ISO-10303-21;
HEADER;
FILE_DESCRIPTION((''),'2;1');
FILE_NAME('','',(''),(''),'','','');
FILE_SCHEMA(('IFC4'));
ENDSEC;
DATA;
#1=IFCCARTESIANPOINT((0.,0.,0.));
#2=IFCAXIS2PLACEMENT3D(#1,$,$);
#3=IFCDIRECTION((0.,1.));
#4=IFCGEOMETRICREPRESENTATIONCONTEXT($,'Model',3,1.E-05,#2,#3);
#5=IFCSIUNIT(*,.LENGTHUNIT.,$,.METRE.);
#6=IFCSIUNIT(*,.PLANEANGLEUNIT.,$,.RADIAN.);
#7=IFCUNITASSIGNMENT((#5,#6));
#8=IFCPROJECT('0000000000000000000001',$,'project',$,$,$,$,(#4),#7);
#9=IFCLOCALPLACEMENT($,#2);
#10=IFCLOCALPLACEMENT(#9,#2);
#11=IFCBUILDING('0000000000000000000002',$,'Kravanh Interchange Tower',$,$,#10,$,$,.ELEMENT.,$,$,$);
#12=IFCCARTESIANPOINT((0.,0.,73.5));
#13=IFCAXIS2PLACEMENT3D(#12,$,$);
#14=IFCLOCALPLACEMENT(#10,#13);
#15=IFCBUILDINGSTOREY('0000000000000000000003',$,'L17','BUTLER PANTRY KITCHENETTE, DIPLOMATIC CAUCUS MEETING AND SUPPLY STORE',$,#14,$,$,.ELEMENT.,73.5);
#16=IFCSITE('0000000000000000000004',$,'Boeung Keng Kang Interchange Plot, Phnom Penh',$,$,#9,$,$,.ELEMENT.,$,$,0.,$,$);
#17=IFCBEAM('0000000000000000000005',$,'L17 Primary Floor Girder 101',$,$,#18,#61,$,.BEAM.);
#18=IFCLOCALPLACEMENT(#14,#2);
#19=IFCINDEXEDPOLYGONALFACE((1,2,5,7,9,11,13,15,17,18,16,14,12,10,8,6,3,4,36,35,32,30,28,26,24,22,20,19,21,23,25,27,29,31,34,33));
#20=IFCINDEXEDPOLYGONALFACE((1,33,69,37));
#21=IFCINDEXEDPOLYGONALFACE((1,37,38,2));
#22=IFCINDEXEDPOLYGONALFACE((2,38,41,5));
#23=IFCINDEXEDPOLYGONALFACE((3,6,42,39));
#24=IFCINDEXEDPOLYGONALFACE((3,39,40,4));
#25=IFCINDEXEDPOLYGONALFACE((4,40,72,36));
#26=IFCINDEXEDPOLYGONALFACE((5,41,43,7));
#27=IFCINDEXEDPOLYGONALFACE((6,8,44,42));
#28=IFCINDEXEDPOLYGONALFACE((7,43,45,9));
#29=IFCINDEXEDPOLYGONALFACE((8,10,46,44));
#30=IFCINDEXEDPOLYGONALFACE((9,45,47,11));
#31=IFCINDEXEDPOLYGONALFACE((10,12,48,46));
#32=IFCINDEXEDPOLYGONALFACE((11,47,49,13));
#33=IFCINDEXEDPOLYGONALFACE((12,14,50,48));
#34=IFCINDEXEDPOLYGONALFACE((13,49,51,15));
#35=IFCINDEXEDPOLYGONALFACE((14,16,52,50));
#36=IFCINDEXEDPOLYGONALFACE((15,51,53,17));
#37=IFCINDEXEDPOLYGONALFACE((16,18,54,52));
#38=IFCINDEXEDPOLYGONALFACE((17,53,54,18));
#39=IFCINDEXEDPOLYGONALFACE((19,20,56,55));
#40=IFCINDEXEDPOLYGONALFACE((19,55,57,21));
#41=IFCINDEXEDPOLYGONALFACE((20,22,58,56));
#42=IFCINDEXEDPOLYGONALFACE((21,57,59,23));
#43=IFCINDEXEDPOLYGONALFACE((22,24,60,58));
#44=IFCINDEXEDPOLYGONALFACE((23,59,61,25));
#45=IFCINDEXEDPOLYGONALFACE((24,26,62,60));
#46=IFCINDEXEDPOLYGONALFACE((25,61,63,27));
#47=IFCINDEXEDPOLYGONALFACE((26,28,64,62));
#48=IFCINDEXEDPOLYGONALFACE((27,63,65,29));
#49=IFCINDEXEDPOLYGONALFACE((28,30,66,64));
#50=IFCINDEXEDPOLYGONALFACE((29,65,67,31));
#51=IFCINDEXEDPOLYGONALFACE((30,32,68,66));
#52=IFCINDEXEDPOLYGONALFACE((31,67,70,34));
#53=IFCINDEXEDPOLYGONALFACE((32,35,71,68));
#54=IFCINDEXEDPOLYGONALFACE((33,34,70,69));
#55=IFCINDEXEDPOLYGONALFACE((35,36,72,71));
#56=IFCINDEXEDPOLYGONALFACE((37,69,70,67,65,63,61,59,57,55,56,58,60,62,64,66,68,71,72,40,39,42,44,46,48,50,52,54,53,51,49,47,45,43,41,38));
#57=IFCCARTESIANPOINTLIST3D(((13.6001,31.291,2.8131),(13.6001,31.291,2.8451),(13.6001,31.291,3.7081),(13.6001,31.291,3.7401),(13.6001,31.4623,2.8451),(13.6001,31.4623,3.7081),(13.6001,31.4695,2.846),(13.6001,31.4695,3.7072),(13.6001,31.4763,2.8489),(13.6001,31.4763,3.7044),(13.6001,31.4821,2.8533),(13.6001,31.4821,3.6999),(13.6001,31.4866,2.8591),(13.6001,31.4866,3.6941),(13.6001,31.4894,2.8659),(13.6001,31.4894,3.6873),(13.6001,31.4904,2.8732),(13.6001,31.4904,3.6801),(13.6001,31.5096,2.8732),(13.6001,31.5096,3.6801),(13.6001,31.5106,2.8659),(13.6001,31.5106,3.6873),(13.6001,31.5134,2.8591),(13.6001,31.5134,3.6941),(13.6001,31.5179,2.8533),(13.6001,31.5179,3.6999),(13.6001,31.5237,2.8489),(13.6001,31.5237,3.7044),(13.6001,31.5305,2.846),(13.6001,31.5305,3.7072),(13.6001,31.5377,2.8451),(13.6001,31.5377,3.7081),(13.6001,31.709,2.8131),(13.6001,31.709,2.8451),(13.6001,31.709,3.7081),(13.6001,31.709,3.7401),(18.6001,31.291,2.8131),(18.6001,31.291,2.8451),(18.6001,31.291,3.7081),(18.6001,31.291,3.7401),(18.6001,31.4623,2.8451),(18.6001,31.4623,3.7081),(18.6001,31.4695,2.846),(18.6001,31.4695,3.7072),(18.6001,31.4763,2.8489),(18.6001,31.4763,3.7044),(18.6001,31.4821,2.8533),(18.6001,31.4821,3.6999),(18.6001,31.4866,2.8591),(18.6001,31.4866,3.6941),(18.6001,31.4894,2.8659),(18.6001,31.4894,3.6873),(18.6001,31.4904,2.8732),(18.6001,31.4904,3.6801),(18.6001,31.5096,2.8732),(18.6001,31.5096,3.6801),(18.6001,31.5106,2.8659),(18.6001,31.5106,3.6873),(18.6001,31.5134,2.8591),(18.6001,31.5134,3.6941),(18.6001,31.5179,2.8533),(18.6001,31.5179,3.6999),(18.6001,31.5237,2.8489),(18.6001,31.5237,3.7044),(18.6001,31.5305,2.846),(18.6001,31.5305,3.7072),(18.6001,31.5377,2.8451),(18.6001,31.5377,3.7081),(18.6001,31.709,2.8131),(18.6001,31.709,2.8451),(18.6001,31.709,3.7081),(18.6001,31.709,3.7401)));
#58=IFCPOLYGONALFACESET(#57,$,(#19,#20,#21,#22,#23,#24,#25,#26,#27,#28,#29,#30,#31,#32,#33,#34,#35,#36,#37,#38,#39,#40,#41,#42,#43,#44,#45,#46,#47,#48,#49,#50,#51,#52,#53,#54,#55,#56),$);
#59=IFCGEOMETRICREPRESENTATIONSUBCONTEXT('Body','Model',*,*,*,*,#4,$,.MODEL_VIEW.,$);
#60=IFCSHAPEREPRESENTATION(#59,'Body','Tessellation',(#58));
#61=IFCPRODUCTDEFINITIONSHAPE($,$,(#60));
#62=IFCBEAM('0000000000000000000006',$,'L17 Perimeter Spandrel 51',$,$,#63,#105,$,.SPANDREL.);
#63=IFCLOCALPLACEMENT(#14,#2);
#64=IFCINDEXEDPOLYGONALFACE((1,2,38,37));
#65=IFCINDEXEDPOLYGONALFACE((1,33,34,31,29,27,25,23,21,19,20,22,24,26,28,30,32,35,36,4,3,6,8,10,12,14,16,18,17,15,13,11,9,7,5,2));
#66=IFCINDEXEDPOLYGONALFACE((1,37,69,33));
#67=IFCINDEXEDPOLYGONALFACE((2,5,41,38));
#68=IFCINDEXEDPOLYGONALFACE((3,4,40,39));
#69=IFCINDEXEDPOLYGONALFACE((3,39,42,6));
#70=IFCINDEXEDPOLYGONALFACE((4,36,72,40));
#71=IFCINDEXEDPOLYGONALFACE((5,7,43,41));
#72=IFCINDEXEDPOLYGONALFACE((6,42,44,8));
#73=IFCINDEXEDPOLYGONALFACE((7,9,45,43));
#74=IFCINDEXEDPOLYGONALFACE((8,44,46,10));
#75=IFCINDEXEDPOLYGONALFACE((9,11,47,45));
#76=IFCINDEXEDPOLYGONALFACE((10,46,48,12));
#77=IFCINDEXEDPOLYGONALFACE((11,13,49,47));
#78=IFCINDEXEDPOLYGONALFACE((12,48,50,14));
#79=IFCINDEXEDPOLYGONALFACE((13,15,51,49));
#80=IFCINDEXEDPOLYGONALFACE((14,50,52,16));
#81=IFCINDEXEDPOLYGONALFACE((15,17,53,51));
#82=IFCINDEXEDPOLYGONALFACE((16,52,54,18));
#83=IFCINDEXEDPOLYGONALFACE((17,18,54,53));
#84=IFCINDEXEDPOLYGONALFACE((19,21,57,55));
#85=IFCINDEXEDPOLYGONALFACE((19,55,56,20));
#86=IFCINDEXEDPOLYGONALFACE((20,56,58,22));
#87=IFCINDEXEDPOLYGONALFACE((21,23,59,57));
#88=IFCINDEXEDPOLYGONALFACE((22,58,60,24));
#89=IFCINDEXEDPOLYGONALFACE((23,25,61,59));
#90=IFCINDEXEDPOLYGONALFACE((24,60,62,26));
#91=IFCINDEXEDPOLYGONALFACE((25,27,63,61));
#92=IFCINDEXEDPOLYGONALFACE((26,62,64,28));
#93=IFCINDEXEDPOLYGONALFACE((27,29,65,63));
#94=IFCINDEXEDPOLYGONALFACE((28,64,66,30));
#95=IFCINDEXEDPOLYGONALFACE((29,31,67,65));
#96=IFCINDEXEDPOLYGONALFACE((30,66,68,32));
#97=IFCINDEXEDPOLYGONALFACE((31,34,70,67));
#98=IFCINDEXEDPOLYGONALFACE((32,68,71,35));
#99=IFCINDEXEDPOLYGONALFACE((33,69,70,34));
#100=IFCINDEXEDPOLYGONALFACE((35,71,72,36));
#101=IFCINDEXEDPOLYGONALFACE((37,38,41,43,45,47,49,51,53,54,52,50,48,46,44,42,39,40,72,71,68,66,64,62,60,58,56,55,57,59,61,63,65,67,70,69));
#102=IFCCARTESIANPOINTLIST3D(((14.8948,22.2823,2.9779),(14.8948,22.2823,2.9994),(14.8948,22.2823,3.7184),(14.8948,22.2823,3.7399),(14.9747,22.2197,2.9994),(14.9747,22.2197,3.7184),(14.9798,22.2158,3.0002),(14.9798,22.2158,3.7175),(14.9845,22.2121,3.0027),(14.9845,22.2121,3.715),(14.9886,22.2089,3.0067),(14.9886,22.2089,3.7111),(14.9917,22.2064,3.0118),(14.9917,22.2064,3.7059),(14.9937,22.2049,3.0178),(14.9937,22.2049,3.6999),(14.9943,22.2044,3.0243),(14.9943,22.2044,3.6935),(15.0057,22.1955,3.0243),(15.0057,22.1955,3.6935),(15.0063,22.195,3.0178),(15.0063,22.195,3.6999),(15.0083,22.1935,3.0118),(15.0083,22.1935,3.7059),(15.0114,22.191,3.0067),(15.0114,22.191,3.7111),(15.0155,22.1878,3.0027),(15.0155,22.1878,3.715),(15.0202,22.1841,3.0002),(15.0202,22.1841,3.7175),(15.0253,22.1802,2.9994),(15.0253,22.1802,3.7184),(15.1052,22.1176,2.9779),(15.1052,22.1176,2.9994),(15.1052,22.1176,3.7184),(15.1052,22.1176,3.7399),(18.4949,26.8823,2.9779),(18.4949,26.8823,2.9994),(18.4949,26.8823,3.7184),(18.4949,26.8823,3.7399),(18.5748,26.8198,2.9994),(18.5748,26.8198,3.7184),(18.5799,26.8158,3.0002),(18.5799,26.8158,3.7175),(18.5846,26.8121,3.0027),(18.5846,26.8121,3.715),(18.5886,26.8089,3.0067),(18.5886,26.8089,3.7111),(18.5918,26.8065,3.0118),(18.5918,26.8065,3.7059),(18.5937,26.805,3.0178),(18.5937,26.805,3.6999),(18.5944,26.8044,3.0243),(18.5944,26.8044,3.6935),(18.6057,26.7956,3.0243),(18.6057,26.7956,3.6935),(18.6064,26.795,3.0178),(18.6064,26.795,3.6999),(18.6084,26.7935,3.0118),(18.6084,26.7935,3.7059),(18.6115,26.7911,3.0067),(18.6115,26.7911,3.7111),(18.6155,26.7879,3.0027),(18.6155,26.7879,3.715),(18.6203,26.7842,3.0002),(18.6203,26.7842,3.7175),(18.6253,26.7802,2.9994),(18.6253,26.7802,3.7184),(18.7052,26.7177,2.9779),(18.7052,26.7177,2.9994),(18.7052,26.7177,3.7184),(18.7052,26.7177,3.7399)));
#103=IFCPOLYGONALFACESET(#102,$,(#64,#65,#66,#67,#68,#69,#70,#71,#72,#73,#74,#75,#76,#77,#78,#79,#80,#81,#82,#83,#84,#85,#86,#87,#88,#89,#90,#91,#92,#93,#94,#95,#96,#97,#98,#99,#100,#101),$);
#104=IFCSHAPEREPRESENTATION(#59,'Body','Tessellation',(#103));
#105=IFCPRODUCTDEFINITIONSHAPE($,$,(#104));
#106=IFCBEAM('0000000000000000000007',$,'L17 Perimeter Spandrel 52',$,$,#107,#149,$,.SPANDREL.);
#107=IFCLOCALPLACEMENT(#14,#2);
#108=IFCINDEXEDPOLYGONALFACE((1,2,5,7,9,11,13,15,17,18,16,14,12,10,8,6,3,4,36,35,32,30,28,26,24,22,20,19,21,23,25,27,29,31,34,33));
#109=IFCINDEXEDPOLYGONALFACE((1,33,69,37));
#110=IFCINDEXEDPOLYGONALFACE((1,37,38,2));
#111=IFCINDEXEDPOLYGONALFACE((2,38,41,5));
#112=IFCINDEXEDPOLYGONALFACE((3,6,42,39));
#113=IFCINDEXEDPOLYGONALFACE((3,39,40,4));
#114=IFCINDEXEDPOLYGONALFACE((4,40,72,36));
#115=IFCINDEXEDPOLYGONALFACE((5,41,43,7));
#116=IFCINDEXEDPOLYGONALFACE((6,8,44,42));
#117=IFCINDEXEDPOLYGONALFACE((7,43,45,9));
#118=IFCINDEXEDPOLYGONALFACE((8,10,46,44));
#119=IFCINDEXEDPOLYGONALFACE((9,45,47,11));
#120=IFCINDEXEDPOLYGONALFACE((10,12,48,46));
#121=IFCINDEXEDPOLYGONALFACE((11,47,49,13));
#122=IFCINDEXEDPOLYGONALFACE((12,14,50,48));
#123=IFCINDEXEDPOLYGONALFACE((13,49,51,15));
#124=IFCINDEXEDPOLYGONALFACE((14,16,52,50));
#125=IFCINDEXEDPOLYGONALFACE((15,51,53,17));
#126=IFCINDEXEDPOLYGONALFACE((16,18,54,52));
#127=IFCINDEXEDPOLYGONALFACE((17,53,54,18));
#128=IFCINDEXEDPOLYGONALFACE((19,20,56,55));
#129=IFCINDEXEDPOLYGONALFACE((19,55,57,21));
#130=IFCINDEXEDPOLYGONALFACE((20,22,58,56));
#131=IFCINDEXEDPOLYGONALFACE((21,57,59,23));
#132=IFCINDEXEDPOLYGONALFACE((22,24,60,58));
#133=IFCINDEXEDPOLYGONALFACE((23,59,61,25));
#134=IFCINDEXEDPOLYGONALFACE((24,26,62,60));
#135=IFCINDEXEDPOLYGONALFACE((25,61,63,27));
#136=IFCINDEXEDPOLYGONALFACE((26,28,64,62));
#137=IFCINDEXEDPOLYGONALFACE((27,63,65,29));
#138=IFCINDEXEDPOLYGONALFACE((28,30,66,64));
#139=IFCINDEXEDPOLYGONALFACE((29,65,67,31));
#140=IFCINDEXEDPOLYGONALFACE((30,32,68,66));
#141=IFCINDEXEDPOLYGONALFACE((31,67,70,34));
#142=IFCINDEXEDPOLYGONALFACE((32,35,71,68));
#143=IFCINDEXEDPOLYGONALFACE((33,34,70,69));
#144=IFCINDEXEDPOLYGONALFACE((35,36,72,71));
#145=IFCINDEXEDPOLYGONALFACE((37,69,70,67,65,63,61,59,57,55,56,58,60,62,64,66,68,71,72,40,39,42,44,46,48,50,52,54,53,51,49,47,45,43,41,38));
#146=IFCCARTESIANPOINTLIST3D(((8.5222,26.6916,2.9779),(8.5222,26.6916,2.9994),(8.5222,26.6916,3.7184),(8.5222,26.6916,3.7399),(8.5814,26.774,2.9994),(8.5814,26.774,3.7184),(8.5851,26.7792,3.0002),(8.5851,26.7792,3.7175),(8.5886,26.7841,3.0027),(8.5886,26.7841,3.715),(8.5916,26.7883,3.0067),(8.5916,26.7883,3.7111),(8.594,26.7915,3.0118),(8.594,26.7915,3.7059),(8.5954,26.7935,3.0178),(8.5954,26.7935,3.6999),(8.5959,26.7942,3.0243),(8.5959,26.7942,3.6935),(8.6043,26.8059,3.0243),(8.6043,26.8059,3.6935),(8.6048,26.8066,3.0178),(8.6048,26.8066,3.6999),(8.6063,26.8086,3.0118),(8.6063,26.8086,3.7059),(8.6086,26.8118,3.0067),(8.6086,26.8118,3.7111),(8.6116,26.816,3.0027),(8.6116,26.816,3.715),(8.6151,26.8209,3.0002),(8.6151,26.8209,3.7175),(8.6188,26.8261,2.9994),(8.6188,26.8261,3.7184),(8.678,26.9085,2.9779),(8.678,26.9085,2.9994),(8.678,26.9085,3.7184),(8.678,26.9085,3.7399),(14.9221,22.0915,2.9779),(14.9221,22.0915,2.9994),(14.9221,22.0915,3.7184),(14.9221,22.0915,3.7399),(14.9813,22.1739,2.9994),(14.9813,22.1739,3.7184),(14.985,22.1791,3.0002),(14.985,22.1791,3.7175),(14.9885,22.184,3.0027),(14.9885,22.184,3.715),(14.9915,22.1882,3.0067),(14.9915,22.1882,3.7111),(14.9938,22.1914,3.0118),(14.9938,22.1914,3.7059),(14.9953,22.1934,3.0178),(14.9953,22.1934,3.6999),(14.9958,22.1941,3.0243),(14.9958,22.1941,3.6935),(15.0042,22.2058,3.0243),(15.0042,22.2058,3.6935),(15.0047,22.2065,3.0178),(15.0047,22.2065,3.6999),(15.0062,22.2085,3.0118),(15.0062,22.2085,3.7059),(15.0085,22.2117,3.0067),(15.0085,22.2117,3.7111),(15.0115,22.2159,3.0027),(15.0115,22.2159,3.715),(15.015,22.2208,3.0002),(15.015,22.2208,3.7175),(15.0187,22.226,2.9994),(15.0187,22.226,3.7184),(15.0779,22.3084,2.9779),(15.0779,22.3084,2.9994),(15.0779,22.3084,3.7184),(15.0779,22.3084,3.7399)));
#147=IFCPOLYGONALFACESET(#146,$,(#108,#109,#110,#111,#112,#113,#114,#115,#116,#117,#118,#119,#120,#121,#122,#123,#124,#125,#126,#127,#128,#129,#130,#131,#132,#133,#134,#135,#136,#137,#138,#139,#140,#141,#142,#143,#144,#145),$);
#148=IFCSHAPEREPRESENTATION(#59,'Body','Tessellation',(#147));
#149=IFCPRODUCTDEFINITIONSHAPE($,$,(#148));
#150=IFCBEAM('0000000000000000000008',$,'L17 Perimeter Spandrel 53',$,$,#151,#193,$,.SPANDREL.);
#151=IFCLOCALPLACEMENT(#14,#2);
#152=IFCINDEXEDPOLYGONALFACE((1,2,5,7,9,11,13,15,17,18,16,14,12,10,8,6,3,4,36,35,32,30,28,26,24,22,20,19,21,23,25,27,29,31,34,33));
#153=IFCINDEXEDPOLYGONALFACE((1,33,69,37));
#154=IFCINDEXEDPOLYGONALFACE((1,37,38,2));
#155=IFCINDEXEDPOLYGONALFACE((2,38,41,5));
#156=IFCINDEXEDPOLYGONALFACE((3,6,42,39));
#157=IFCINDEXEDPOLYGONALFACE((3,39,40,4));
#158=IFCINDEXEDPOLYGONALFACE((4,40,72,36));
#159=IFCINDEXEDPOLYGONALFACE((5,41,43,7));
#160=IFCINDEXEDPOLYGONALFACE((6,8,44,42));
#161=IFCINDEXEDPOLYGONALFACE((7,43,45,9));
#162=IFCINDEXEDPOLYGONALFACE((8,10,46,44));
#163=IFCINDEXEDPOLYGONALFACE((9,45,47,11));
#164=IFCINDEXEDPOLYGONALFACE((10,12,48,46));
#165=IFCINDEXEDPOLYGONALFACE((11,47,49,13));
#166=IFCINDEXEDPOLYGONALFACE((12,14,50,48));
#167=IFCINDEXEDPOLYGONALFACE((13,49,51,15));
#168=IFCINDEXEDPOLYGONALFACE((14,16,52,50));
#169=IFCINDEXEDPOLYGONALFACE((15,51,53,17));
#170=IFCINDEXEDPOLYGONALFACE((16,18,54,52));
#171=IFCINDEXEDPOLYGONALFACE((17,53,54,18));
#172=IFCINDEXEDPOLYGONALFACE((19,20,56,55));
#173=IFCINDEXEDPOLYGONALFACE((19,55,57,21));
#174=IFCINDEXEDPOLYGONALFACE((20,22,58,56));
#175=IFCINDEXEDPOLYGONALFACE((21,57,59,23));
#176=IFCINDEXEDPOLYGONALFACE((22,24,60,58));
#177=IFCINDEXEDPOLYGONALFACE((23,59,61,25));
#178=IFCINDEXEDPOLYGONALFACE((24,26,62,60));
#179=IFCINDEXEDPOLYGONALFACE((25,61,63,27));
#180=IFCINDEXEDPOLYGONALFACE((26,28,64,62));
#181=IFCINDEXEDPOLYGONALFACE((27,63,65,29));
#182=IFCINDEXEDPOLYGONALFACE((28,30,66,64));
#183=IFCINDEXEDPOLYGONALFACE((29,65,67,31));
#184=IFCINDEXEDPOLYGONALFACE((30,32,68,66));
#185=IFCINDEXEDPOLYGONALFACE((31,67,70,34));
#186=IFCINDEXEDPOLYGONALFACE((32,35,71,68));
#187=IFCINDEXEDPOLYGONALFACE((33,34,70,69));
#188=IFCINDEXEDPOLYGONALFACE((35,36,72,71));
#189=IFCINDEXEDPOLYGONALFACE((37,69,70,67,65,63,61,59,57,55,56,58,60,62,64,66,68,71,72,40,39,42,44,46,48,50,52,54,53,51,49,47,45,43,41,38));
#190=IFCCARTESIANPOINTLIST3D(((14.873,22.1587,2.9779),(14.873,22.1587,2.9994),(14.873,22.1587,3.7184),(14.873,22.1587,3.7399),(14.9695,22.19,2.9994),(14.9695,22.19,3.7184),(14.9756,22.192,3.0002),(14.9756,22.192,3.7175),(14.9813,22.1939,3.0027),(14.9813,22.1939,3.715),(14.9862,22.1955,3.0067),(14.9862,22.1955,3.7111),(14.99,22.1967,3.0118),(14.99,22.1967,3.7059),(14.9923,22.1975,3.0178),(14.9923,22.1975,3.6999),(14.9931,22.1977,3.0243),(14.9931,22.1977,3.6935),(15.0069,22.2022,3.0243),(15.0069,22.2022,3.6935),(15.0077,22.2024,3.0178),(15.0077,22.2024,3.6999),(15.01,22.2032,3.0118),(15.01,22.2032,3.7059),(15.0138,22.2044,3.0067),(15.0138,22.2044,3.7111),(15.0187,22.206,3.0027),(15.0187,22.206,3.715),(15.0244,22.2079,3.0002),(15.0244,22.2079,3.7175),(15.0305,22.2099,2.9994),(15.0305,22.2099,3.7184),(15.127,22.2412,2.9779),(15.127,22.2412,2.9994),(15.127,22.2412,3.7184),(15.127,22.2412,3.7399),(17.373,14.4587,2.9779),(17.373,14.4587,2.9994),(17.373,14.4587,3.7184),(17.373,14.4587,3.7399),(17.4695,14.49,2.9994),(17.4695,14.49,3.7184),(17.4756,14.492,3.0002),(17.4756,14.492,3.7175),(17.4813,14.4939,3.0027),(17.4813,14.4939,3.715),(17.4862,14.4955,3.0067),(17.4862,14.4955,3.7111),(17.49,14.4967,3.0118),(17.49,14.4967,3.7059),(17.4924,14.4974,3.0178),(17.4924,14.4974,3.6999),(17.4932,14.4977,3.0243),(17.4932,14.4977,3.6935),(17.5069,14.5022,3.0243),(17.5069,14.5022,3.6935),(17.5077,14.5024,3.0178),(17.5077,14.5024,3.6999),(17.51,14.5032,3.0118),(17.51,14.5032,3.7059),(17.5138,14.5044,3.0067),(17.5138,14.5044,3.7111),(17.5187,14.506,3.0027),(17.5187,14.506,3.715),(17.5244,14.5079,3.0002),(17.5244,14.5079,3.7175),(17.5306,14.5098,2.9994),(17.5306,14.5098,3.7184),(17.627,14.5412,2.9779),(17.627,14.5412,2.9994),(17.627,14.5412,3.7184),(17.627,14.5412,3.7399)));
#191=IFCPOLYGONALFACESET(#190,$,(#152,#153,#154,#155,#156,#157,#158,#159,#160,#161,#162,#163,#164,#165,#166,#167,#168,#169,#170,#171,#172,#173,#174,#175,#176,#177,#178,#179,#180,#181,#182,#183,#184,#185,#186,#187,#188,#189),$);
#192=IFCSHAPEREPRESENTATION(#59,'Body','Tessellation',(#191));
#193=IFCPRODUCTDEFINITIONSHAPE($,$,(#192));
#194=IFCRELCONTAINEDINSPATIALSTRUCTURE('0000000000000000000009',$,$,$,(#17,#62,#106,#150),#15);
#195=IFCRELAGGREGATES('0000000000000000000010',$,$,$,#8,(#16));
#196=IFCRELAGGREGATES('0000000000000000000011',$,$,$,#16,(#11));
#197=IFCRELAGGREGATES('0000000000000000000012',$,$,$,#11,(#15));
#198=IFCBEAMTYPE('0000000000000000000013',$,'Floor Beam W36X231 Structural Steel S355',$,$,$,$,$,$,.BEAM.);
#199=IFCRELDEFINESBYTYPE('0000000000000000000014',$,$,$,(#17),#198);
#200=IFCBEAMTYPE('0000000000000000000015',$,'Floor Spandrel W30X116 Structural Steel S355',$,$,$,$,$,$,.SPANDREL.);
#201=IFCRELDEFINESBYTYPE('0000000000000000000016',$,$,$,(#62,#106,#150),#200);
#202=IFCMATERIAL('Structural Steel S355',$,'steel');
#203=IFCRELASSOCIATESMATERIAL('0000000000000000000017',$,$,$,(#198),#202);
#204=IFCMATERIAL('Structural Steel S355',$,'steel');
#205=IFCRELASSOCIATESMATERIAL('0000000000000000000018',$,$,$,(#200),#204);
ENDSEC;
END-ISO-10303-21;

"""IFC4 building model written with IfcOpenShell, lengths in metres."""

from ifc_helpers import new_model, si_unit, direction, frame, origin, origin_2d, place, context, subcontext, project, spatial, i_section, extrude, material, material_profile, profile_set, type_object, element, save


model = new_model("IFC4")

# Units and contexts
model_context = context("Model", 3, precision=1e-05, world=origin(), true_north=direction((0.0, 1.0)))
body_context = subcontext(model_context, "Body", "Model", "MODEL_VIEW")
ifc_project = project(units=[si_unit("LENGTHUNIT", "METRE"), si_unit("PLANEANGLEUNIT", "RADIAN")], contexts=[model_context])

# Site, building, storey
site_placement = place(None, origin())
site = spatial("IfcSite", under=ifc_project, at=site_placement, Name="Boeung Keng Kang Interchange Plot, Phnom Penh", CompositionType="ELEMENT", RefElevation=0.0)
building_placement = place(site_placement, origin())
building = spatial("IfcBuilding", under=site, at=building_placement, Name="Kravanh Interchange Tower", CompositionType="ELEMENT")
storey_placement = place(building_placement, frame((0.0, 0.0, 73.5)))
storey = spatial("IfcBuildingStorey", under=building, at=storey_placement, Name="L17", Description="BUTLER PANTRY KITCHENETTE, DIPLOMATIC CAUCUS MEETING AND SUPPLY STORE", CompositionType="ELEMENT", Elevation=73.5)

# Beams
ifc_material_1 = material(Name="Structural Steel S355", Category="steel")
ifc_material_profile_1 = material_profile(ifc_material_1, i_section(OverallWidth=0.418, OverallDepth=0.927, WebThickness=0.0193, FlangeThickness=0.032, FilletRadius=0.0281, at=origin_2d()), Name="W36X231")
ifc_profile_set_1 = profile_set([ifc_material_profile_1], Name="Structural Steel S355")
beam_type_1 = type_object("IfcBeamType", Name="Floor Beam W36X231 Structural Steel S355", PredefinedType="BEAM", material=ifc_profile_set_1)
for number, where, z_axis, x_axis, name in (
    (1, (13.6001, 31.5, 3.2766), (1.0, 0.0, 0.0), (0.0, 1.0, 0.0), "L17 Primary Floor Girder 101"),
):
    element("IfcBeam", number, at=place(storey_placement, frame(where, z_axis=z_axis, x_axis=x_axis)), inside=storey, type_object=beam_type_1, Name=name, PredefinedType="BEAM", context=body_context, shape_type="SweptSolid", body=[
        extrude(i_section(OverallWidth=0.418, OverallDepth=0.927, WebThickness=0.0193, FlangeThickness=0.032, FilletRadius=0.0281, at=origin_2d()), origin(), (0.0, 0.0, 1.0), 5.0),
    ])
ifc_material_2 = material(Name="Structural Steel S355", Category="steel")
ifc_material_profile_2 = material_profile(ifc_material_2, i_section(OverallWidth=0.2671, OverallDepth=0.762, WebThickness=0.0144, FlangeThickness=0.0215, FilletRadius=0.0249, at=origin_2d()), Name="W30X116")
ifc_profile_set_2 = profile_set([ifc_material_profile_2], Name="Structural Steel S355")
beam_type_2 = type_object("IfcBeamType", Name="Floor Spandrel W30X116 Structural Steel S355", PredefinedType="SPANDREL", material=ifc_profile_set_2)
beam_1_placement = place(storey_placement, frame((15.0, 22.2, 3.3589), z_axis=(0.616311, 0.787503, 0.0), x_axis=(-0.787503, 0.616311, 0.0)))
element("IfcBeam", 2, at=beam_1_placement, inside=storey, type_object=beam_type_2, Name="L17 Perimeter Spandrel 51", PredefinedType="SPANDREL", context=body_context, shape_type="SweptSolid", body=[
    extrude(i_section(OverallWidth=0.2671, OverallDepth=0.762, WebThickness=0.0144, FlangeThickness=0.0215, FilletRadius=0.0249, at=origin_2d()), origin(), (0.0, 0.0, 1.0), 5.8413),
])
beam_2_placement = place(storey_placement, frame((15.0, 22.2, 3.3589), z_axis=(-0.812005, 0.58365, 0.0), x_axis=(-0.58365, -0.812005, 0.0)))
element("IfcBeam", 3, at=beam_2_placement, inside=storey, type_object=beam_type_2, Name="L17 Perimeter Spandrel 52", PredefinedType="SPANDREL", context=body_context, shape_type="SweptSolid", body=[
    extrude(i_section(OverallWidth=0.2671, OverallDepth=0.762, WebThickness=0.0144, FlangeThickness=0.0215, FilletRadius=0.0249, at=origin_2d()), origin(), (0.0, 0.0, 1.0), 7.8816),
])
beam_3_placement = place(storey_placement, frame((15.0, 22.2, 3.3589), z_axis=(0.308809, -0.951124, 0.0), x_axis=(0.951124, 0.308809, 0.0)))
element("IfcBeam", 4, at=beam_3_placement, inside=storey, type_object=beam_type_2, Name="L17 Perimeter Spandrel 53", PredefinedType="SPANDREL", context=body_context, shape_type="SweptSolid", body=[
    extrude(i_section(OverallWidth=0.2671, OverallDepth=0.762, WebThickness=0.0144, FlangeThickness=0.0215, FilletRadius=0.0249, at=origin_2d()), origin(), (0.0, 0.0, 1.0), 8.0957),
])

save(model, "model.ifc")
